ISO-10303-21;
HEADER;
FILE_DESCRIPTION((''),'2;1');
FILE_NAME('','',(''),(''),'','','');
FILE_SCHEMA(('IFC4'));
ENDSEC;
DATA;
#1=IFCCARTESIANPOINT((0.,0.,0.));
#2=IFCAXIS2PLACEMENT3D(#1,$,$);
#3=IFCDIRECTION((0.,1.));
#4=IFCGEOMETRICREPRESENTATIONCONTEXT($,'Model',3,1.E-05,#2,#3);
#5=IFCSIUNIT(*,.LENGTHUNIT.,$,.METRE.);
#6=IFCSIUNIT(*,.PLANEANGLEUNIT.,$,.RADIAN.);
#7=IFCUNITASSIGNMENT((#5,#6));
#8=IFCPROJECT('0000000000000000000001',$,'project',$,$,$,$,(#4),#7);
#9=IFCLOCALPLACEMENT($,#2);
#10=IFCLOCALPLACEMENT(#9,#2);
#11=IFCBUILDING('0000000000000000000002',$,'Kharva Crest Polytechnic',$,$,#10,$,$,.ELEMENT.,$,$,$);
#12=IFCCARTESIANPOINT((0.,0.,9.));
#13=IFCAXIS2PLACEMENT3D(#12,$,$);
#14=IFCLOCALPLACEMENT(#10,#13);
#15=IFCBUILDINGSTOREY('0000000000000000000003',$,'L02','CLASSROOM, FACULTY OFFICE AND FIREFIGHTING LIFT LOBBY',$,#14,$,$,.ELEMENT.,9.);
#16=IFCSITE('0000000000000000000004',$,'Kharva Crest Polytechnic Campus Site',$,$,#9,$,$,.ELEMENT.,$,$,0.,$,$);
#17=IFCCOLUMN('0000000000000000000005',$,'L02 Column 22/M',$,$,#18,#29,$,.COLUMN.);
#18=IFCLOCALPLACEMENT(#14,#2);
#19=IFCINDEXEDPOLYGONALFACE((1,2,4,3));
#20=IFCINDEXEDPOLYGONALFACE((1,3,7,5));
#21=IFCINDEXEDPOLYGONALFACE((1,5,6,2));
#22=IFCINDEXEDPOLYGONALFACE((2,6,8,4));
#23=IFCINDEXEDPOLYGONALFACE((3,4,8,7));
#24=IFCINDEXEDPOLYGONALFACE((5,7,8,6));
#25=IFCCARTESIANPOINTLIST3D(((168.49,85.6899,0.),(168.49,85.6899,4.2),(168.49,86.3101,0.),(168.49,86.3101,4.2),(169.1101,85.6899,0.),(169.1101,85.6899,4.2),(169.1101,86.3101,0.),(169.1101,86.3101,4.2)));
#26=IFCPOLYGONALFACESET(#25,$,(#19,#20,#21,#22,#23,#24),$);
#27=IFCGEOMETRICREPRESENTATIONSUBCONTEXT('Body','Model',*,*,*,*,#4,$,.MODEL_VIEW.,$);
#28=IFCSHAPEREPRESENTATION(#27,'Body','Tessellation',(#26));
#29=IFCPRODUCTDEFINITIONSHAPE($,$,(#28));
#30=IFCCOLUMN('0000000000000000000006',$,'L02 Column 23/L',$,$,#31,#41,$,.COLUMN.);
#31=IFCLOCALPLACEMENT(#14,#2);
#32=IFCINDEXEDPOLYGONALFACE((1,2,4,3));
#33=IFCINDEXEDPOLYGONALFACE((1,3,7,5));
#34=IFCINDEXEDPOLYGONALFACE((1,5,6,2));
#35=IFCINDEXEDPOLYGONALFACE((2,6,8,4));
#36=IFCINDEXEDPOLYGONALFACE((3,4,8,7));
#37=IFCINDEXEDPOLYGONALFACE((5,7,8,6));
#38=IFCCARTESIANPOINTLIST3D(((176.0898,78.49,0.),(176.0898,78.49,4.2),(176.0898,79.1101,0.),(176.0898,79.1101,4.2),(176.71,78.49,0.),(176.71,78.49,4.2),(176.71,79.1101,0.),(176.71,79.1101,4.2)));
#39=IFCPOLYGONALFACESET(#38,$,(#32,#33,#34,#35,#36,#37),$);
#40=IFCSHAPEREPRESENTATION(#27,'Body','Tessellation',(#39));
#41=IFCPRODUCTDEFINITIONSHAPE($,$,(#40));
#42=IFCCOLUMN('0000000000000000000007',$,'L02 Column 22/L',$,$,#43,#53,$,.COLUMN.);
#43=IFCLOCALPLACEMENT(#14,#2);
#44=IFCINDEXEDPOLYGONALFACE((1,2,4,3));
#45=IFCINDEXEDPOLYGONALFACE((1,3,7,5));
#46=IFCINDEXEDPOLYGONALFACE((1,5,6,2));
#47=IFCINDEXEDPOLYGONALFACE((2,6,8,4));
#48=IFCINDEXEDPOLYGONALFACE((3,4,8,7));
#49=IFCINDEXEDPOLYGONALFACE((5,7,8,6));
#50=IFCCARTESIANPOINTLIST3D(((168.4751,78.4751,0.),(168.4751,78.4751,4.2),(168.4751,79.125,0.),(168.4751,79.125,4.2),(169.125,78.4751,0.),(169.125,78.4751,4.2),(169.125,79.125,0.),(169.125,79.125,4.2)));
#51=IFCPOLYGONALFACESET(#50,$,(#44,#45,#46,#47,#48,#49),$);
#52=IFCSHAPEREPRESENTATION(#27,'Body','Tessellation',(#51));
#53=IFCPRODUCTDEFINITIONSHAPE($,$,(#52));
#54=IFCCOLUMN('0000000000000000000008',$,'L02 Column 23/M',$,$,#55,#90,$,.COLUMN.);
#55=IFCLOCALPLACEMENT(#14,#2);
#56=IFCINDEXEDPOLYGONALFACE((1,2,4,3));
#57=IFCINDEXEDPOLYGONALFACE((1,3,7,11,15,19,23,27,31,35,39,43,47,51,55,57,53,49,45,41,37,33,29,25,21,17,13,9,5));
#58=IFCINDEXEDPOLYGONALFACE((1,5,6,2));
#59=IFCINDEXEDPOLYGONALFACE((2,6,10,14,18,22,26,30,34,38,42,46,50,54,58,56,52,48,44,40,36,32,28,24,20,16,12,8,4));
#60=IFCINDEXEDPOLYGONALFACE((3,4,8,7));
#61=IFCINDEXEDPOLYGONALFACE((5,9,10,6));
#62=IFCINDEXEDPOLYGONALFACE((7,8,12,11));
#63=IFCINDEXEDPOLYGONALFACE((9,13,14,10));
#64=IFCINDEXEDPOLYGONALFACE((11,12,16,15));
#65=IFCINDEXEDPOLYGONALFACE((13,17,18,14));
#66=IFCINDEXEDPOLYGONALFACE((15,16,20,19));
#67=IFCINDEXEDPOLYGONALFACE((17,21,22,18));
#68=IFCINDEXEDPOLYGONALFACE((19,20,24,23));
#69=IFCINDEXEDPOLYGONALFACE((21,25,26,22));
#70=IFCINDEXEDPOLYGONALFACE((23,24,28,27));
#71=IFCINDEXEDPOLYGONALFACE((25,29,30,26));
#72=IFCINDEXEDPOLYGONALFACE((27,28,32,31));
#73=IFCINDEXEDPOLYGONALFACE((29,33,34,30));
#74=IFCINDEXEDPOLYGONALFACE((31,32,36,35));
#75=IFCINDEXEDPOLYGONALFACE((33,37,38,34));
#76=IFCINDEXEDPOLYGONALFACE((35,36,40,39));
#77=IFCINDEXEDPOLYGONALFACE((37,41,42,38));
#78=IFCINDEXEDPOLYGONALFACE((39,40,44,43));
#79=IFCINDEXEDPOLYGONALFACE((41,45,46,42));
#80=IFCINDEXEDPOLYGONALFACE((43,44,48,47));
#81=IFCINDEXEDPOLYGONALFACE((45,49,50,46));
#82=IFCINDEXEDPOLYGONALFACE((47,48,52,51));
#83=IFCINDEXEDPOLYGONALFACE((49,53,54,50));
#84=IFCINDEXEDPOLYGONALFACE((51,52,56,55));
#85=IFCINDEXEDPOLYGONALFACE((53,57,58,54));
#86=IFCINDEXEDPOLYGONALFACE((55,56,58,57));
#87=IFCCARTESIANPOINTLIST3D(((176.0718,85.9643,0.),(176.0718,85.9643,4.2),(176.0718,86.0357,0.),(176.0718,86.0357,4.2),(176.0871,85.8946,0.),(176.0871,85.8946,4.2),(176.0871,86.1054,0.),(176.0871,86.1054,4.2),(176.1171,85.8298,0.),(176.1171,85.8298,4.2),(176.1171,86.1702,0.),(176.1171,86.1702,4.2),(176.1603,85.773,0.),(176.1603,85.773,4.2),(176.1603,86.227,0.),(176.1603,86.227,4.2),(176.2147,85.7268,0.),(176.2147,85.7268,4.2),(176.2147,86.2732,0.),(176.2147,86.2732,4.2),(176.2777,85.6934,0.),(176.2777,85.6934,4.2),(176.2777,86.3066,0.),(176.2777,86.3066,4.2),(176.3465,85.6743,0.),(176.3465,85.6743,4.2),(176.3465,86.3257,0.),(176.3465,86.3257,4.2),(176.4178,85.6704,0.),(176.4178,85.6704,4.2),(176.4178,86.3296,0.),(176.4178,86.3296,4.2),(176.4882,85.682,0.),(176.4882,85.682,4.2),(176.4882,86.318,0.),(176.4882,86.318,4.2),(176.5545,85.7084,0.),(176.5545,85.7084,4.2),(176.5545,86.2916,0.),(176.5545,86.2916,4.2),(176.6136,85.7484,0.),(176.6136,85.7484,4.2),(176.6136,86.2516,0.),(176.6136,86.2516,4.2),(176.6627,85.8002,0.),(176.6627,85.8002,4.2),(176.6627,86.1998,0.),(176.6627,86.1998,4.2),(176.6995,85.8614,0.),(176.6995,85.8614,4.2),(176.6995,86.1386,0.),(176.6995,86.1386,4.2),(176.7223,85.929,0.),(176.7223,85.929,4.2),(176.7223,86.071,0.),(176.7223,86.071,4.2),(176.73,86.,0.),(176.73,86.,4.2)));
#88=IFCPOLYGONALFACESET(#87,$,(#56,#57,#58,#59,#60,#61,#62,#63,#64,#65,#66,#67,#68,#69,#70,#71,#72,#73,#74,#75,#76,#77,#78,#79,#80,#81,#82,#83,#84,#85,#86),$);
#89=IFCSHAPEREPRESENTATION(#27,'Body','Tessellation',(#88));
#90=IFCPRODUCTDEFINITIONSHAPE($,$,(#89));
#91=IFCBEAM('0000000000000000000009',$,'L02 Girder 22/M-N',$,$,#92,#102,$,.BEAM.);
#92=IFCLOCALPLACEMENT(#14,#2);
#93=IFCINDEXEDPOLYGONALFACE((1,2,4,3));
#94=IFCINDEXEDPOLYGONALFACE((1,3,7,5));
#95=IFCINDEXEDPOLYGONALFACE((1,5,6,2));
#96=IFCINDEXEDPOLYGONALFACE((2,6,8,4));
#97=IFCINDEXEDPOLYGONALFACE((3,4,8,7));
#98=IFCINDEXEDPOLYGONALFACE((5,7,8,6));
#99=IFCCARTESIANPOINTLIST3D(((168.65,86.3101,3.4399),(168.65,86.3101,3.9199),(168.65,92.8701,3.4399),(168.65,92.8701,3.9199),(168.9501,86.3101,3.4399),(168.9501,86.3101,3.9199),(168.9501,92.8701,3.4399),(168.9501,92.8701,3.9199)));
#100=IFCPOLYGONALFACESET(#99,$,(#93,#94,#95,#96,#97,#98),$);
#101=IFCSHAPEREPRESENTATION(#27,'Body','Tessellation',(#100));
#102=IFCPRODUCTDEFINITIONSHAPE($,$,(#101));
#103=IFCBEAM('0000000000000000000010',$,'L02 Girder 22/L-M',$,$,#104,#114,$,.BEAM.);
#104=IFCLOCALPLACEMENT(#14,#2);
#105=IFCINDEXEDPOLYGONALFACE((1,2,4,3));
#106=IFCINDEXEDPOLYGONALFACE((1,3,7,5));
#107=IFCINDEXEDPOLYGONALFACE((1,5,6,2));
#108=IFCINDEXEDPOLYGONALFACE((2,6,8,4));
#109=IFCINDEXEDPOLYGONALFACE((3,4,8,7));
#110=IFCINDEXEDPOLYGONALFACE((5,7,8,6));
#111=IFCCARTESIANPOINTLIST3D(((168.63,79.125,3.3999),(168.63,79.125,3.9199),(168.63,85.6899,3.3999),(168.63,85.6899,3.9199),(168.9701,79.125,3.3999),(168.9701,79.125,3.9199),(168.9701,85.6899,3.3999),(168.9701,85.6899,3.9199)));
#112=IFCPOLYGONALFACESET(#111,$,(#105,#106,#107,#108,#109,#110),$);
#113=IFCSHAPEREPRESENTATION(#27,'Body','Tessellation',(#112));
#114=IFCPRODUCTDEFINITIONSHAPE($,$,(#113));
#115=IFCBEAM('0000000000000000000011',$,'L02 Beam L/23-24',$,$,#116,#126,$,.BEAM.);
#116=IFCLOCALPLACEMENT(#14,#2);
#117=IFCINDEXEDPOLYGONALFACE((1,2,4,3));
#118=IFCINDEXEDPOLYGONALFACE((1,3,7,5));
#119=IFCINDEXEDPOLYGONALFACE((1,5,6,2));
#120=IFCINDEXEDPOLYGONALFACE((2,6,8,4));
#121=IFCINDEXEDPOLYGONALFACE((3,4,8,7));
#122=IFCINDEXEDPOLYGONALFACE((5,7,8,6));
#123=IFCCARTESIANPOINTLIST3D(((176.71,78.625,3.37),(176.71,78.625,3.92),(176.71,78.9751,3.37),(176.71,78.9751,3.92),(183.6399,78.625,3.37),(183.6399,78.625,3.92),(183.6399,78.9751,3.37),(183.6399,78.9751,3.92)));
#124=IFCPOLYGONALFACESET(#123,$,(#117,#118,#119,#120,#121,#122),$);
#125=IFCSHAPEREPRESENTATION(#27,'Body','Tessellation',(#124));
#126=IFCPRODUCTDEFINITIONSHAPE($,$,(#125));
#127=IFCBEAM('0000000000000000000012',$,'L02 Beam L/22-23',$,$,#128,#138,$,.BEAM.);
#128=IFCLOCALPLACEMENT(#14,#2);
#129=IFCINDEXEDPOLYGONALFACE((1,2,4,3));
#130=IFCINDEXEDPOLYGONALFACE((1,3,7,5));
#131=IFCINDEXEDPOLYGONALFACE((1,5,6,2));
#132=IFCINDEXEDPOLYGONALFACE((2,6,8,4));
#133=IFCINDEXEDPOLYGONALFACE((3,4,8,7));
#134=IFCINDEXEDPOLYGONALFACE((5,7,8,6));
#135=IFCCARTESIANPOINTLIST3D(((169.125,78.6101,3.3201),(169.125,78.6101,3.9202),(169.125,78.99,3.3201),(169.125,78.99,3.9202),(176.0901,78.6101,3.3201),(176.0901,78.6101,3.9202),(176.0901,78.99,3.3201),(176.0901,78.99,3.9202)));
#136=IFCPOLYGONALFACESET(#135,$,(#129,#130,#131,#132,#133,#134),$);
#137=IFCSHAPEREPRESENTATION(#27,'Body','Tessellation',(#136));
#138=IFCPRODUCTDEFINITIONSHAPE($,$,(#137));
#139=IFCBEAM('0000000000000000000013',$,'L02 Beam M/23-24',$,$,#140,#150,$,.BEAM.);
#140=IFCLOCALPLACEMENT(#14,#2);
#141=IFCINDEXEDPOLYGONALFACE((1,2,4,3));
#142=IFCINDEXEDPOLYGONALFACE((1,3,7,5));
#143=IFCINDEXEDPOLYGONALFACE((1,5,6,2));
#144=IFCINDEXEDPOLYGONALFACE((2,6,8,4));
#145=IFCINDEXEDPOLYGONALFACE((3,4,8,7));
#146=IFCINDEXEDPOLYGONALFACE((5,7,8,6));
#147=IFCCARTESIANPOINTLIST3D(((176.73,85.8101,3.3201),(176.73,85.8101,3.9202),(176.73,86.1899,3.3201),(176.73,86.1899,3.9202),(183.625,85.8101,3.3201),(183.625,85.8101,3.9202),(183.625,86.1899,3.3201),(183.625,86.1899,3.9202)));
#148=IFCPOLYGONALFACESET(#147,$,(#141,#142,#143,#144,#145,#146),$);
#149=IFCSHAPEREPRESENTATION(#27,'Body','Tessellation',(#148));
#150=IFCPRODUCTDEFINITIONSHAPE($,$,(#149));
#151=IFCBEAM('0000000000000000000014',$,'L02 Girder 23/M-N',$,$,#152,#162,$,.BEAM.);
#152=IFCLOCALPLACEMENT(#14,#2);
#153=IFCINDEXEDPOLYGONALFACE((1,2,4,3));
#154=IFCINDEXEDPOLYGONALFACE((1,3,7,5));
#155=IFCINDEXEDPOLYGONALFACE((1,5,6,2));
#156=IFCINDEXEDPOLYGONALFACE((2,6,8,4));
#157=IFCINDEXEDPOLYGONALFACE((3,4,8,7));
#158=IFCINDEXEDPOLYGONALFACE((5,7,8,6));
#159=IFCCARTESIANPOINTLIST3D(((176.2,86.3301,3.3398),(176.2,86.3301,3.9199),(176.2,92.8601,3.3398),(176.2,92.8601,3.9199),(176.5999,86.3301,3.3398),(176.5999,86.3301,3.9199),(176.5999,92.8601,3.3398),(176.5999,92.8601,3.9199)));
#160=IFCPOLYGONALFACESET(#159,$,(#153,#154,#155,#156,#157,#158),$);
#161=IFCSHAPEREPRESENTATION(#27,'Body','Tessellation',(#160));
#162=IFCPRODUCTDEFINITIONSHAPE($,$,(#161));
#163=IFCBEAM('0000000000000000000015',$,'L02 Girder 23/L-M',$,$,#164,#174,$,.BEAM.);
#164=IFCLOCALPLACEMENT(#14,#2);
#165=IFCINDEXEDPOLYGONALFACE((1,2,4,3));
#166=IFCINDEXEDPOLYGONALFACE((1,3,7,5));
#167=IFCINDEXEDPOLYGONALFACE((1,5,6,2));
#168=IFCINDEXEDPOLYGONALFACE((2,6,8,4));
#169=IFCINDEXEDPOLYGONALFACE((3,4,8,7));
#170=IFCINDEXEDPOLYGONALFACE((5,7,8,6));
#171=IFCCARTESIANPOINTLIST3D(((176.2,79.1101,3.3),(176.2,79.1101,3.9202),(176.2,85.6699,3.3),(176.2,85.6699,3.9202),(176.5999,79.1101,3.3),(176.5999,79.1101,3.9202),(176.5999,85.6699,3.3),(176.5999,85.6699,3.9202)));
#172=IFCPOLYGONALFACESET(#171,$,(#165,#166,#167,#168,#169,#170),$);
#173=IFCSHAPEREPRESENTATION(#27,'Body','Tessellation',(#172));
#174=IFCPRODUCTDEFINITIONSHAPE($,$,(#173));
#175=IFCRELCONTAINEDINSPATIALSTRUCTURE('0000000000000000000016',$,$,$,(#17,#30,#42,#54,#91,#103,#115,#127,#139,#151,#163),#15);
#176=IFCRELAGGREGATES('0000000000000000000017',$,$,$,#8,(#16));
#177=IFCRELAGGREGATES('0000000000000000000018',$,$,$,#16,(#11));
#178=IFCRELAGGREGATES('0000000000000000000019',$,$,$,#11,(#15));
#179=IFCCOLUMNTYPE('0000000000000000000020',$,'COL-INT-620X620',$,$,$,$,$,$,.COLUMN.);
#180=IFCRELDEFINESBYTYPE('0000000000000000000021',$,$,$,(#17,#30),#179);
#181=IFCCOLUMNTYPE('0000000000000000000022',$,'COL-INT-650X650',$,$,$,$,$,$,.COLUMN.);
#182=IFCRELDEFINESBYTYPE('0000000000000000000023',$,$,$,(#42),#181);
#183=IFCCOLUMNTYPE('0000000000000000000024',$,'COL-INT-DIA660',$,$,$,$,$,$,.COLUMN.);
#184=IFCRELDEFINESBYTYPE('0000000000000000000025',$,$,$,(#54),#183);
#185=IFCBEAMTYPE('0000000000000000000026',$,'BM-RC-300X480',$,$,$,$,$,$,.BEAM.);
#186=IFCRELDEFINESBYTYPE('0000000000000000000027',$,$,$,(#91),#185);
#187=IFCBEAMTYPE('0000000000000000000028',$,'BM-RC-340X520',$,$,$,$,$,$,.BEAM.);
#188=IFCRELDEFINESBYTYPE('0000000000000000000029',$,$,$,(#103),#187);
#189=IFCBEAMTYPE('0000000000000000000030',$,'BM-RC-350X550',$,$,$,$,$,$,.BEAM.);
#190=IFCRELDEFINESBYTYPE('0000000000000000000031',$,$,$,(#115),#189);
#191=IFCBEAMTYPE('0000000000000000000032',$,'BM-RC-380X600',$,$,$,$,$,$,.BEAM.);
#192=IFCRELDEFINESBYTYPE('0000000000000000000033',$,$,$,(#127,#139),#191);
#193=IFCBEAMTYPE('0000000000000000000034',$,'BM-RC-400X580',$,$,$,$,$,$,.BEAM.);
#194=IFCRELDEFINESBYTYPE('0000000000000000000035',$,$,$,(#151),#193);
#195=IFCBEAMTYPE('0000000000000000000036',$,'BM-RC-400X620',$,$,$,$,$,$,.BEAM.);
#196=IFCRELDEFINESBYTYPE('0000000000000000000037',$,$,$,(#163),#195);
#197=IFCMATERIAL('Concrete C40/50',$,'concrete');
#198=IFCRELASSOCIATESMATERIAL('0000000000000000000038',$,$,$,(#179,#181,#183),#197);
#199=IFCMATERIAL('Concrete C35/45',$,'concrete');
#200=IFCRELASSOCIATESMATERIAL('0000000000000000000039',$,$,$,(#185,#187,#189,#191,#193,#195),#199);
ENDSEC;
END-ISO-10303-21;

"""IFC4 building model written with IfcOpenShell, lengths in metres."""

from ifc_helpers import new_model, si_unit, direction, frame, origin, origin_2d, place, context, subcontext, project, spatial, rectangle, circle, extrude, material, material_profile, profile_set, type_object, element, save


model = new_model("IFC4")

# Units and contexts
model_context = context("Model", 3, precision=1e-05, world=origin(), true_north=direction((0.0, 1.0)))
body_context = subcontext(model_context, "Body", "Model", "MODEL_VIEW")
ifc_project = project(units=[si_unit("LENGTHUNIT", "METRE"), si_unit("PLANEANGLEUNIT", "RADIAN")], contexts=[model_context])

# Site, building, storey
site_placement = place(None, origin())
site = spatial("IfcSite", under=ifc_project, at=site_placement, Name="Kharva Crest Polytechnic Campus Site", CompositionType="ELEMENT", RefElevation=0.0)
building_placement = place(site_placement, origin())
building = spatial("IfcBuilding", under=site, at=building_placement, Name="Kharva Crest Polytechnic", CompositionType="ELEMENT")
storey_placement = place(building_placement, frame((0.0, 0.0, 9.0)))
storey = spatial("IfcBuildingStorey", under=building, at=storey_placement, Name="L02", Description="CLASSROOM, FACULTY OFFICE AND FIREFIGHTING LIFT LOBBY", CompositionType="ELEMENT", Elevation=9.0)

# Columns
ifc_material_1 = material(Name="Concrete C40/50", Category="concrete")
ifc_material_profile_1 = material_profile(ifc_material_1, rectangle(XDim=0.6201, YDim=0.6201, at=origin_2d()), Name="RECT 620 X 620")
ifc_profile_set_1 = profile_set([ifc_material_profile_1], Name="Concrete C40/50")
column_type_1 = type_object("IfcColumnType", Name="COL-INT-620X620", PredefinedType="COLUMN", material=ifc_profile_set_1)
for number, where, z_axis, x_axis, name in (
    (1, (168.8, 86.0, 0.0), (0.0, 0.0, 1.0), (1.0, 0.0, 0.0), "L02 Column 22/M"),
    (2, (176.3999, 78.8, 0.0), (0.0, 0.0, 1.0), (1.0, 0.0, 0.0), "L02 Column 23/L"),
):
    element("IfcColumn", number, at=place(storey_placement, frame(where, z_axis=z_axis, x_axis=x_axis)), inside=storey, type_object=column_type_1, Name=name, PredefinedType="COLUMN", context=body_context, shape_type="SweptSolid", body=[
        extrude(rectangle(XDim=0.6201, YDim=0.6201, at=origin_2d()), origin(), (0.0, 0.0, 1.0), 4.2),
    ])
ifc_material_profile_2 = material_profile(ifc_material_1, rectangle(XDim=0.6499, YDim=0.6499, at=origin_2d()), Name="RECT 650 X 650")
ifc_profile_set_2 = profile_set([ifc_material_profile_2], Name="Concrete C40/50")
column_type_2 = type_object("IfcColumnType", Name="COL-INT-650X650", PredefinedType="COLUMN", material=ifc_profile_set_2)
column_1_placement = place(storey_placement, frame((168.8, 78.8, 0.0), z_axis=(0.0, 0.0, 1.0), x_axis=(1.0, 0.0, 0.0)))
element("IfcColumn", 3, at=column_1_placement, inside=storey, type_object=column_type_2, Name="L02 Column 22/L", PredefinedType="COLUMN", context=body_context, shape_type="SweptSolid", body=[
    extrude(rectangle(XDim=0.6499, YDim=0.6499, at=origin_2d()), origin(), (0.0, 0.0, 1.0), 4.2),
])
ifc_material_profile_3 = material_profile(ifc_material_1, circle(Radius=0.3301, at=origin_2d()), Name="DIA 660")
ifc_profile_set_3 = profile_set([ifc_material_profile_3], Name="Concrete C40/50")
column_type_3 = type_object("IfcColumnType", Name="COL-INT-DIA660", PredefinedType="COLUMN", material=ifc_profile_set_3)
column_2_placement = place(storey_placement, frame((176.3999, 86.0, 0.0), z_axis=(0.0, 0.0, 1.0), x_axis=(1.0, 0.0, 0.0)))
element("IfcColumn", 4, at=column_2_placement, inside=storey, type_object=column_type_3, Name="L02 Column 23/M", PredefinedType="COLUMN", context=body_context, shape_type="SweptSolid", body=[
    extrude(circle(Radius=0.3301, at=origin_2d()), origin(), (0.0, 0.0, 1.0), 4.2),
])

# Beams
ifc_material_2 = material(Name="Concrete C35/45", Category="concrete")
ifc_material_profile_4 = material_profile(ifc_material_2, rectangle(XDim=0.3, YDim=0.48, at=origin_2d()), Name="RECT 300 X 480")
ifc_profile_set_4 = profile_set([ifc_material_profile_4], Name="Concrete C35/45")
beam_type_1 = type_object("IfcBeamType", Name="BM-RC-300X480", PredefinedType="BEAM", material=ifc_profile_set_4)
beam_1_placement = place(storey_placement, frame((168.8, 86.3101, 3.6799), z_axis=(0.0, 1.0, 0.0), x_axis=(-1.0, 0.0, 0.0)))
element("IfcBeam", 5, at=beam_1_placement, inside=storey, type_object=beam_type_1, Name="L02 Girder 22/M-N", PredefinedType="BEAM", context=body_context, shape_type="SweptSolid", body=[
    extrude(rectangle(XDim=0.3, YDim=0.48, at=origin_2d()), origin(), (0.0, 0.0, 1.0), 6.5601),
])
ifc_material_profile_5 = material_profile(ifc_material_2, rectangle(XDim=0.3401, YDim=0.52, at=origin_2d()), Name="RECT 340 X 520")
ifc_profile_set_5 = profile_set([ifc_material_profile_5], Name="Concrete C35/45")
beam_type_2 = type_object("IfcBeamType", Name="BM-RC-340X520", PredefinedType="BEAM", material=ifc_profile_set_5)
beam_2_placement = place(storey_placement, frame((168.8, 79.125, 3.6599), z_axis=(0.0, 1.0, 0.0), x_axis=(-1.0, 0.0, 0.0)))
element("IfcBeam", 6, at=beam_2_placement, inside=storey, type_object=beam_type_2, Name="L02 Girder 22/L-M", PredefinedType="BEAM", context=body_context, shape_type="SweptSolid", body=[
    extrude(rectangle(XDim=0.3401, YDim=0.52, at=origin_2d()), origin(), (0.0, 0.0, 1.0), 6.5649),
])
ifc_material_profile_6 = material_profile(ifc_material_2, rectangle(XDim=0.3501, YDim=0.55, at=origin_2d()), Name="RECT 350 X 550")
ifc_profile_set_6 = profile_set([ifc_material_profile_6], Name="Concrete C35/45")
beam_type_3 = type_object("IfcBeamType", Name="BM-RC-350X550", PredefinedType="BEAM", material=ifc_profile_set_6)
beam_3_placement = place(storey_placement, frame((176.71, 78.8, 3.645), z_axis=(1.0, 0.0, 0.0), x_axis=(0.0, 1.0, 0.0)))
element("IfcBeam", 7, at=beam_3_placement, inside=storey, type_object=beam_type_3, Name="L02 Beam L/23-24", PredefinedType="BEAM", context=body_context, shape_type="SweptSolid", body=[
    extrude(rectangle(XDim=0.3501, YDim=0.55, at=origin_2d()), origin(), (0.0, 0.0, 1.0), 6.9299),
])
ifc_material_profile_7 = material_profile(ifc_material_2, rectangle(XDim=0.3799, YDim=0.6001, at=origin_2d()), Name="RECT 380 X 600")
ifc_profile_set_7 = profile_set([ifc_material_profile_7], Name="Concrete C35/45")
beam_type_4 = type_object("IfcBeamType", Name="BM-RC-380X600", PredefinedType="BEAM", material=ifc_profile_set_7)
beam_4_placement = place(storey_placement, frame((169.125, 78.8, 3.6201), z_axis=(1.0, 0.0, 0.0), x_axis=(0.0, 1.0, 0.0)))
element("IfcBeam", 8, at=beam_4_placement, inside=storey, type_object=beam_type_4, Name="L02 Beam L/22-23", PredefinedType="BEAM", context=body_context, shape_type="SweptSolid", body=[
    extrude(rectangle(XDim=0.3799, YDim=0.6001, at=origin_2d()), origin(), (0.0, 0.0, 1.0), 6.9651),
])
beam_5_placement = place(storey_placement, frame((176.73, 86.0, 3.6201), z_axis=(1.0, 0.0, 0.0), x_axis=(0.0, 1.0, 0.0)))
element("IfcBeam", 9, at=beam_5_placement, inside=storey, type_object=beam_type_4, Name="L02 Beam M/23-24", PredefinedType="BEAM", context=body_context, shape_type="SweptSolid", body=[
    extrude(rectangle(XDim=0.3799, YDim=0.6001, at=origin_2d()), origin(), (0.0, 0.0, 1.0), 6.895),
])
ifc_material_profile_8 = material_profile(ifc_material_2, rectangle(XDim=0.3999, YDim=0.5801, at=origin_2d()), Name="RECT 400 X 580")
ifc_profile_set_8 = profile_set([ifc_material_profile_8], Name="Concrete C35/45")
beam_type_5 = type_object("IfcBeamType", Name="BM-RC-400X580", PredefinedType="BEAM", material=ifc_profile_set_8)
beam_6_placement = place(storey_placement, frame((176.3999, 86.3301, 3.6299), z_axis=(0.0, 1.0, 0.0), x_axis=(-1.0, 0.0, 0.0)))
element("IfcBeam", 10, at=beam_6_placement, inside=storey, type_object=beam_type_5, Name="L02 Girder 23/M-N", PredefinedType="BEAM", context=body_context, shape_type="SweptSolid", body=[
    extrude(rectangle(XDim=0.3999, YDim=0.5801, at=origin_2d()), origin(), (0.0, 0.0, 1.0), 6.53),
])
ifc_material_profile_9 = material_profile(ifc_material_2, rectangle(XDim=0.3999, YDim=0.6201, at=origin_2d()), Name="RECT 400 X 620")
ifc_profile_set_9 = profile_set([ifc_material_profile_9], Name="Concrete C35/45")
beam_type_6 = type_object("IfcBeamType", Name="BM-RC-400X620", PredefinedType="BEAM", material=ifc_profile_set_9)
beam_7_placement = place(storey_placement, frame((176.3999, 79.1101, 3.6101), z_axis=(0.0, 1.0, 0.0), x_axis=(-1.0, 0.0, 0.0)))
element("IfcBeam", 11, at=beam_7_placement, inside=storey, type_object=beam_type_6, Name="L02 Girder 23/L-M", PredefinedType="BEAM", context=body_context, shape_type="SweptSolid", body=[
    extrude(rectangle(XDim=0.3999, YDim=0.6201, at=origin_2d()), origin(), (0.0, 0.0, 1.0), 6.5598),
])

save(model, "model.ifc")
